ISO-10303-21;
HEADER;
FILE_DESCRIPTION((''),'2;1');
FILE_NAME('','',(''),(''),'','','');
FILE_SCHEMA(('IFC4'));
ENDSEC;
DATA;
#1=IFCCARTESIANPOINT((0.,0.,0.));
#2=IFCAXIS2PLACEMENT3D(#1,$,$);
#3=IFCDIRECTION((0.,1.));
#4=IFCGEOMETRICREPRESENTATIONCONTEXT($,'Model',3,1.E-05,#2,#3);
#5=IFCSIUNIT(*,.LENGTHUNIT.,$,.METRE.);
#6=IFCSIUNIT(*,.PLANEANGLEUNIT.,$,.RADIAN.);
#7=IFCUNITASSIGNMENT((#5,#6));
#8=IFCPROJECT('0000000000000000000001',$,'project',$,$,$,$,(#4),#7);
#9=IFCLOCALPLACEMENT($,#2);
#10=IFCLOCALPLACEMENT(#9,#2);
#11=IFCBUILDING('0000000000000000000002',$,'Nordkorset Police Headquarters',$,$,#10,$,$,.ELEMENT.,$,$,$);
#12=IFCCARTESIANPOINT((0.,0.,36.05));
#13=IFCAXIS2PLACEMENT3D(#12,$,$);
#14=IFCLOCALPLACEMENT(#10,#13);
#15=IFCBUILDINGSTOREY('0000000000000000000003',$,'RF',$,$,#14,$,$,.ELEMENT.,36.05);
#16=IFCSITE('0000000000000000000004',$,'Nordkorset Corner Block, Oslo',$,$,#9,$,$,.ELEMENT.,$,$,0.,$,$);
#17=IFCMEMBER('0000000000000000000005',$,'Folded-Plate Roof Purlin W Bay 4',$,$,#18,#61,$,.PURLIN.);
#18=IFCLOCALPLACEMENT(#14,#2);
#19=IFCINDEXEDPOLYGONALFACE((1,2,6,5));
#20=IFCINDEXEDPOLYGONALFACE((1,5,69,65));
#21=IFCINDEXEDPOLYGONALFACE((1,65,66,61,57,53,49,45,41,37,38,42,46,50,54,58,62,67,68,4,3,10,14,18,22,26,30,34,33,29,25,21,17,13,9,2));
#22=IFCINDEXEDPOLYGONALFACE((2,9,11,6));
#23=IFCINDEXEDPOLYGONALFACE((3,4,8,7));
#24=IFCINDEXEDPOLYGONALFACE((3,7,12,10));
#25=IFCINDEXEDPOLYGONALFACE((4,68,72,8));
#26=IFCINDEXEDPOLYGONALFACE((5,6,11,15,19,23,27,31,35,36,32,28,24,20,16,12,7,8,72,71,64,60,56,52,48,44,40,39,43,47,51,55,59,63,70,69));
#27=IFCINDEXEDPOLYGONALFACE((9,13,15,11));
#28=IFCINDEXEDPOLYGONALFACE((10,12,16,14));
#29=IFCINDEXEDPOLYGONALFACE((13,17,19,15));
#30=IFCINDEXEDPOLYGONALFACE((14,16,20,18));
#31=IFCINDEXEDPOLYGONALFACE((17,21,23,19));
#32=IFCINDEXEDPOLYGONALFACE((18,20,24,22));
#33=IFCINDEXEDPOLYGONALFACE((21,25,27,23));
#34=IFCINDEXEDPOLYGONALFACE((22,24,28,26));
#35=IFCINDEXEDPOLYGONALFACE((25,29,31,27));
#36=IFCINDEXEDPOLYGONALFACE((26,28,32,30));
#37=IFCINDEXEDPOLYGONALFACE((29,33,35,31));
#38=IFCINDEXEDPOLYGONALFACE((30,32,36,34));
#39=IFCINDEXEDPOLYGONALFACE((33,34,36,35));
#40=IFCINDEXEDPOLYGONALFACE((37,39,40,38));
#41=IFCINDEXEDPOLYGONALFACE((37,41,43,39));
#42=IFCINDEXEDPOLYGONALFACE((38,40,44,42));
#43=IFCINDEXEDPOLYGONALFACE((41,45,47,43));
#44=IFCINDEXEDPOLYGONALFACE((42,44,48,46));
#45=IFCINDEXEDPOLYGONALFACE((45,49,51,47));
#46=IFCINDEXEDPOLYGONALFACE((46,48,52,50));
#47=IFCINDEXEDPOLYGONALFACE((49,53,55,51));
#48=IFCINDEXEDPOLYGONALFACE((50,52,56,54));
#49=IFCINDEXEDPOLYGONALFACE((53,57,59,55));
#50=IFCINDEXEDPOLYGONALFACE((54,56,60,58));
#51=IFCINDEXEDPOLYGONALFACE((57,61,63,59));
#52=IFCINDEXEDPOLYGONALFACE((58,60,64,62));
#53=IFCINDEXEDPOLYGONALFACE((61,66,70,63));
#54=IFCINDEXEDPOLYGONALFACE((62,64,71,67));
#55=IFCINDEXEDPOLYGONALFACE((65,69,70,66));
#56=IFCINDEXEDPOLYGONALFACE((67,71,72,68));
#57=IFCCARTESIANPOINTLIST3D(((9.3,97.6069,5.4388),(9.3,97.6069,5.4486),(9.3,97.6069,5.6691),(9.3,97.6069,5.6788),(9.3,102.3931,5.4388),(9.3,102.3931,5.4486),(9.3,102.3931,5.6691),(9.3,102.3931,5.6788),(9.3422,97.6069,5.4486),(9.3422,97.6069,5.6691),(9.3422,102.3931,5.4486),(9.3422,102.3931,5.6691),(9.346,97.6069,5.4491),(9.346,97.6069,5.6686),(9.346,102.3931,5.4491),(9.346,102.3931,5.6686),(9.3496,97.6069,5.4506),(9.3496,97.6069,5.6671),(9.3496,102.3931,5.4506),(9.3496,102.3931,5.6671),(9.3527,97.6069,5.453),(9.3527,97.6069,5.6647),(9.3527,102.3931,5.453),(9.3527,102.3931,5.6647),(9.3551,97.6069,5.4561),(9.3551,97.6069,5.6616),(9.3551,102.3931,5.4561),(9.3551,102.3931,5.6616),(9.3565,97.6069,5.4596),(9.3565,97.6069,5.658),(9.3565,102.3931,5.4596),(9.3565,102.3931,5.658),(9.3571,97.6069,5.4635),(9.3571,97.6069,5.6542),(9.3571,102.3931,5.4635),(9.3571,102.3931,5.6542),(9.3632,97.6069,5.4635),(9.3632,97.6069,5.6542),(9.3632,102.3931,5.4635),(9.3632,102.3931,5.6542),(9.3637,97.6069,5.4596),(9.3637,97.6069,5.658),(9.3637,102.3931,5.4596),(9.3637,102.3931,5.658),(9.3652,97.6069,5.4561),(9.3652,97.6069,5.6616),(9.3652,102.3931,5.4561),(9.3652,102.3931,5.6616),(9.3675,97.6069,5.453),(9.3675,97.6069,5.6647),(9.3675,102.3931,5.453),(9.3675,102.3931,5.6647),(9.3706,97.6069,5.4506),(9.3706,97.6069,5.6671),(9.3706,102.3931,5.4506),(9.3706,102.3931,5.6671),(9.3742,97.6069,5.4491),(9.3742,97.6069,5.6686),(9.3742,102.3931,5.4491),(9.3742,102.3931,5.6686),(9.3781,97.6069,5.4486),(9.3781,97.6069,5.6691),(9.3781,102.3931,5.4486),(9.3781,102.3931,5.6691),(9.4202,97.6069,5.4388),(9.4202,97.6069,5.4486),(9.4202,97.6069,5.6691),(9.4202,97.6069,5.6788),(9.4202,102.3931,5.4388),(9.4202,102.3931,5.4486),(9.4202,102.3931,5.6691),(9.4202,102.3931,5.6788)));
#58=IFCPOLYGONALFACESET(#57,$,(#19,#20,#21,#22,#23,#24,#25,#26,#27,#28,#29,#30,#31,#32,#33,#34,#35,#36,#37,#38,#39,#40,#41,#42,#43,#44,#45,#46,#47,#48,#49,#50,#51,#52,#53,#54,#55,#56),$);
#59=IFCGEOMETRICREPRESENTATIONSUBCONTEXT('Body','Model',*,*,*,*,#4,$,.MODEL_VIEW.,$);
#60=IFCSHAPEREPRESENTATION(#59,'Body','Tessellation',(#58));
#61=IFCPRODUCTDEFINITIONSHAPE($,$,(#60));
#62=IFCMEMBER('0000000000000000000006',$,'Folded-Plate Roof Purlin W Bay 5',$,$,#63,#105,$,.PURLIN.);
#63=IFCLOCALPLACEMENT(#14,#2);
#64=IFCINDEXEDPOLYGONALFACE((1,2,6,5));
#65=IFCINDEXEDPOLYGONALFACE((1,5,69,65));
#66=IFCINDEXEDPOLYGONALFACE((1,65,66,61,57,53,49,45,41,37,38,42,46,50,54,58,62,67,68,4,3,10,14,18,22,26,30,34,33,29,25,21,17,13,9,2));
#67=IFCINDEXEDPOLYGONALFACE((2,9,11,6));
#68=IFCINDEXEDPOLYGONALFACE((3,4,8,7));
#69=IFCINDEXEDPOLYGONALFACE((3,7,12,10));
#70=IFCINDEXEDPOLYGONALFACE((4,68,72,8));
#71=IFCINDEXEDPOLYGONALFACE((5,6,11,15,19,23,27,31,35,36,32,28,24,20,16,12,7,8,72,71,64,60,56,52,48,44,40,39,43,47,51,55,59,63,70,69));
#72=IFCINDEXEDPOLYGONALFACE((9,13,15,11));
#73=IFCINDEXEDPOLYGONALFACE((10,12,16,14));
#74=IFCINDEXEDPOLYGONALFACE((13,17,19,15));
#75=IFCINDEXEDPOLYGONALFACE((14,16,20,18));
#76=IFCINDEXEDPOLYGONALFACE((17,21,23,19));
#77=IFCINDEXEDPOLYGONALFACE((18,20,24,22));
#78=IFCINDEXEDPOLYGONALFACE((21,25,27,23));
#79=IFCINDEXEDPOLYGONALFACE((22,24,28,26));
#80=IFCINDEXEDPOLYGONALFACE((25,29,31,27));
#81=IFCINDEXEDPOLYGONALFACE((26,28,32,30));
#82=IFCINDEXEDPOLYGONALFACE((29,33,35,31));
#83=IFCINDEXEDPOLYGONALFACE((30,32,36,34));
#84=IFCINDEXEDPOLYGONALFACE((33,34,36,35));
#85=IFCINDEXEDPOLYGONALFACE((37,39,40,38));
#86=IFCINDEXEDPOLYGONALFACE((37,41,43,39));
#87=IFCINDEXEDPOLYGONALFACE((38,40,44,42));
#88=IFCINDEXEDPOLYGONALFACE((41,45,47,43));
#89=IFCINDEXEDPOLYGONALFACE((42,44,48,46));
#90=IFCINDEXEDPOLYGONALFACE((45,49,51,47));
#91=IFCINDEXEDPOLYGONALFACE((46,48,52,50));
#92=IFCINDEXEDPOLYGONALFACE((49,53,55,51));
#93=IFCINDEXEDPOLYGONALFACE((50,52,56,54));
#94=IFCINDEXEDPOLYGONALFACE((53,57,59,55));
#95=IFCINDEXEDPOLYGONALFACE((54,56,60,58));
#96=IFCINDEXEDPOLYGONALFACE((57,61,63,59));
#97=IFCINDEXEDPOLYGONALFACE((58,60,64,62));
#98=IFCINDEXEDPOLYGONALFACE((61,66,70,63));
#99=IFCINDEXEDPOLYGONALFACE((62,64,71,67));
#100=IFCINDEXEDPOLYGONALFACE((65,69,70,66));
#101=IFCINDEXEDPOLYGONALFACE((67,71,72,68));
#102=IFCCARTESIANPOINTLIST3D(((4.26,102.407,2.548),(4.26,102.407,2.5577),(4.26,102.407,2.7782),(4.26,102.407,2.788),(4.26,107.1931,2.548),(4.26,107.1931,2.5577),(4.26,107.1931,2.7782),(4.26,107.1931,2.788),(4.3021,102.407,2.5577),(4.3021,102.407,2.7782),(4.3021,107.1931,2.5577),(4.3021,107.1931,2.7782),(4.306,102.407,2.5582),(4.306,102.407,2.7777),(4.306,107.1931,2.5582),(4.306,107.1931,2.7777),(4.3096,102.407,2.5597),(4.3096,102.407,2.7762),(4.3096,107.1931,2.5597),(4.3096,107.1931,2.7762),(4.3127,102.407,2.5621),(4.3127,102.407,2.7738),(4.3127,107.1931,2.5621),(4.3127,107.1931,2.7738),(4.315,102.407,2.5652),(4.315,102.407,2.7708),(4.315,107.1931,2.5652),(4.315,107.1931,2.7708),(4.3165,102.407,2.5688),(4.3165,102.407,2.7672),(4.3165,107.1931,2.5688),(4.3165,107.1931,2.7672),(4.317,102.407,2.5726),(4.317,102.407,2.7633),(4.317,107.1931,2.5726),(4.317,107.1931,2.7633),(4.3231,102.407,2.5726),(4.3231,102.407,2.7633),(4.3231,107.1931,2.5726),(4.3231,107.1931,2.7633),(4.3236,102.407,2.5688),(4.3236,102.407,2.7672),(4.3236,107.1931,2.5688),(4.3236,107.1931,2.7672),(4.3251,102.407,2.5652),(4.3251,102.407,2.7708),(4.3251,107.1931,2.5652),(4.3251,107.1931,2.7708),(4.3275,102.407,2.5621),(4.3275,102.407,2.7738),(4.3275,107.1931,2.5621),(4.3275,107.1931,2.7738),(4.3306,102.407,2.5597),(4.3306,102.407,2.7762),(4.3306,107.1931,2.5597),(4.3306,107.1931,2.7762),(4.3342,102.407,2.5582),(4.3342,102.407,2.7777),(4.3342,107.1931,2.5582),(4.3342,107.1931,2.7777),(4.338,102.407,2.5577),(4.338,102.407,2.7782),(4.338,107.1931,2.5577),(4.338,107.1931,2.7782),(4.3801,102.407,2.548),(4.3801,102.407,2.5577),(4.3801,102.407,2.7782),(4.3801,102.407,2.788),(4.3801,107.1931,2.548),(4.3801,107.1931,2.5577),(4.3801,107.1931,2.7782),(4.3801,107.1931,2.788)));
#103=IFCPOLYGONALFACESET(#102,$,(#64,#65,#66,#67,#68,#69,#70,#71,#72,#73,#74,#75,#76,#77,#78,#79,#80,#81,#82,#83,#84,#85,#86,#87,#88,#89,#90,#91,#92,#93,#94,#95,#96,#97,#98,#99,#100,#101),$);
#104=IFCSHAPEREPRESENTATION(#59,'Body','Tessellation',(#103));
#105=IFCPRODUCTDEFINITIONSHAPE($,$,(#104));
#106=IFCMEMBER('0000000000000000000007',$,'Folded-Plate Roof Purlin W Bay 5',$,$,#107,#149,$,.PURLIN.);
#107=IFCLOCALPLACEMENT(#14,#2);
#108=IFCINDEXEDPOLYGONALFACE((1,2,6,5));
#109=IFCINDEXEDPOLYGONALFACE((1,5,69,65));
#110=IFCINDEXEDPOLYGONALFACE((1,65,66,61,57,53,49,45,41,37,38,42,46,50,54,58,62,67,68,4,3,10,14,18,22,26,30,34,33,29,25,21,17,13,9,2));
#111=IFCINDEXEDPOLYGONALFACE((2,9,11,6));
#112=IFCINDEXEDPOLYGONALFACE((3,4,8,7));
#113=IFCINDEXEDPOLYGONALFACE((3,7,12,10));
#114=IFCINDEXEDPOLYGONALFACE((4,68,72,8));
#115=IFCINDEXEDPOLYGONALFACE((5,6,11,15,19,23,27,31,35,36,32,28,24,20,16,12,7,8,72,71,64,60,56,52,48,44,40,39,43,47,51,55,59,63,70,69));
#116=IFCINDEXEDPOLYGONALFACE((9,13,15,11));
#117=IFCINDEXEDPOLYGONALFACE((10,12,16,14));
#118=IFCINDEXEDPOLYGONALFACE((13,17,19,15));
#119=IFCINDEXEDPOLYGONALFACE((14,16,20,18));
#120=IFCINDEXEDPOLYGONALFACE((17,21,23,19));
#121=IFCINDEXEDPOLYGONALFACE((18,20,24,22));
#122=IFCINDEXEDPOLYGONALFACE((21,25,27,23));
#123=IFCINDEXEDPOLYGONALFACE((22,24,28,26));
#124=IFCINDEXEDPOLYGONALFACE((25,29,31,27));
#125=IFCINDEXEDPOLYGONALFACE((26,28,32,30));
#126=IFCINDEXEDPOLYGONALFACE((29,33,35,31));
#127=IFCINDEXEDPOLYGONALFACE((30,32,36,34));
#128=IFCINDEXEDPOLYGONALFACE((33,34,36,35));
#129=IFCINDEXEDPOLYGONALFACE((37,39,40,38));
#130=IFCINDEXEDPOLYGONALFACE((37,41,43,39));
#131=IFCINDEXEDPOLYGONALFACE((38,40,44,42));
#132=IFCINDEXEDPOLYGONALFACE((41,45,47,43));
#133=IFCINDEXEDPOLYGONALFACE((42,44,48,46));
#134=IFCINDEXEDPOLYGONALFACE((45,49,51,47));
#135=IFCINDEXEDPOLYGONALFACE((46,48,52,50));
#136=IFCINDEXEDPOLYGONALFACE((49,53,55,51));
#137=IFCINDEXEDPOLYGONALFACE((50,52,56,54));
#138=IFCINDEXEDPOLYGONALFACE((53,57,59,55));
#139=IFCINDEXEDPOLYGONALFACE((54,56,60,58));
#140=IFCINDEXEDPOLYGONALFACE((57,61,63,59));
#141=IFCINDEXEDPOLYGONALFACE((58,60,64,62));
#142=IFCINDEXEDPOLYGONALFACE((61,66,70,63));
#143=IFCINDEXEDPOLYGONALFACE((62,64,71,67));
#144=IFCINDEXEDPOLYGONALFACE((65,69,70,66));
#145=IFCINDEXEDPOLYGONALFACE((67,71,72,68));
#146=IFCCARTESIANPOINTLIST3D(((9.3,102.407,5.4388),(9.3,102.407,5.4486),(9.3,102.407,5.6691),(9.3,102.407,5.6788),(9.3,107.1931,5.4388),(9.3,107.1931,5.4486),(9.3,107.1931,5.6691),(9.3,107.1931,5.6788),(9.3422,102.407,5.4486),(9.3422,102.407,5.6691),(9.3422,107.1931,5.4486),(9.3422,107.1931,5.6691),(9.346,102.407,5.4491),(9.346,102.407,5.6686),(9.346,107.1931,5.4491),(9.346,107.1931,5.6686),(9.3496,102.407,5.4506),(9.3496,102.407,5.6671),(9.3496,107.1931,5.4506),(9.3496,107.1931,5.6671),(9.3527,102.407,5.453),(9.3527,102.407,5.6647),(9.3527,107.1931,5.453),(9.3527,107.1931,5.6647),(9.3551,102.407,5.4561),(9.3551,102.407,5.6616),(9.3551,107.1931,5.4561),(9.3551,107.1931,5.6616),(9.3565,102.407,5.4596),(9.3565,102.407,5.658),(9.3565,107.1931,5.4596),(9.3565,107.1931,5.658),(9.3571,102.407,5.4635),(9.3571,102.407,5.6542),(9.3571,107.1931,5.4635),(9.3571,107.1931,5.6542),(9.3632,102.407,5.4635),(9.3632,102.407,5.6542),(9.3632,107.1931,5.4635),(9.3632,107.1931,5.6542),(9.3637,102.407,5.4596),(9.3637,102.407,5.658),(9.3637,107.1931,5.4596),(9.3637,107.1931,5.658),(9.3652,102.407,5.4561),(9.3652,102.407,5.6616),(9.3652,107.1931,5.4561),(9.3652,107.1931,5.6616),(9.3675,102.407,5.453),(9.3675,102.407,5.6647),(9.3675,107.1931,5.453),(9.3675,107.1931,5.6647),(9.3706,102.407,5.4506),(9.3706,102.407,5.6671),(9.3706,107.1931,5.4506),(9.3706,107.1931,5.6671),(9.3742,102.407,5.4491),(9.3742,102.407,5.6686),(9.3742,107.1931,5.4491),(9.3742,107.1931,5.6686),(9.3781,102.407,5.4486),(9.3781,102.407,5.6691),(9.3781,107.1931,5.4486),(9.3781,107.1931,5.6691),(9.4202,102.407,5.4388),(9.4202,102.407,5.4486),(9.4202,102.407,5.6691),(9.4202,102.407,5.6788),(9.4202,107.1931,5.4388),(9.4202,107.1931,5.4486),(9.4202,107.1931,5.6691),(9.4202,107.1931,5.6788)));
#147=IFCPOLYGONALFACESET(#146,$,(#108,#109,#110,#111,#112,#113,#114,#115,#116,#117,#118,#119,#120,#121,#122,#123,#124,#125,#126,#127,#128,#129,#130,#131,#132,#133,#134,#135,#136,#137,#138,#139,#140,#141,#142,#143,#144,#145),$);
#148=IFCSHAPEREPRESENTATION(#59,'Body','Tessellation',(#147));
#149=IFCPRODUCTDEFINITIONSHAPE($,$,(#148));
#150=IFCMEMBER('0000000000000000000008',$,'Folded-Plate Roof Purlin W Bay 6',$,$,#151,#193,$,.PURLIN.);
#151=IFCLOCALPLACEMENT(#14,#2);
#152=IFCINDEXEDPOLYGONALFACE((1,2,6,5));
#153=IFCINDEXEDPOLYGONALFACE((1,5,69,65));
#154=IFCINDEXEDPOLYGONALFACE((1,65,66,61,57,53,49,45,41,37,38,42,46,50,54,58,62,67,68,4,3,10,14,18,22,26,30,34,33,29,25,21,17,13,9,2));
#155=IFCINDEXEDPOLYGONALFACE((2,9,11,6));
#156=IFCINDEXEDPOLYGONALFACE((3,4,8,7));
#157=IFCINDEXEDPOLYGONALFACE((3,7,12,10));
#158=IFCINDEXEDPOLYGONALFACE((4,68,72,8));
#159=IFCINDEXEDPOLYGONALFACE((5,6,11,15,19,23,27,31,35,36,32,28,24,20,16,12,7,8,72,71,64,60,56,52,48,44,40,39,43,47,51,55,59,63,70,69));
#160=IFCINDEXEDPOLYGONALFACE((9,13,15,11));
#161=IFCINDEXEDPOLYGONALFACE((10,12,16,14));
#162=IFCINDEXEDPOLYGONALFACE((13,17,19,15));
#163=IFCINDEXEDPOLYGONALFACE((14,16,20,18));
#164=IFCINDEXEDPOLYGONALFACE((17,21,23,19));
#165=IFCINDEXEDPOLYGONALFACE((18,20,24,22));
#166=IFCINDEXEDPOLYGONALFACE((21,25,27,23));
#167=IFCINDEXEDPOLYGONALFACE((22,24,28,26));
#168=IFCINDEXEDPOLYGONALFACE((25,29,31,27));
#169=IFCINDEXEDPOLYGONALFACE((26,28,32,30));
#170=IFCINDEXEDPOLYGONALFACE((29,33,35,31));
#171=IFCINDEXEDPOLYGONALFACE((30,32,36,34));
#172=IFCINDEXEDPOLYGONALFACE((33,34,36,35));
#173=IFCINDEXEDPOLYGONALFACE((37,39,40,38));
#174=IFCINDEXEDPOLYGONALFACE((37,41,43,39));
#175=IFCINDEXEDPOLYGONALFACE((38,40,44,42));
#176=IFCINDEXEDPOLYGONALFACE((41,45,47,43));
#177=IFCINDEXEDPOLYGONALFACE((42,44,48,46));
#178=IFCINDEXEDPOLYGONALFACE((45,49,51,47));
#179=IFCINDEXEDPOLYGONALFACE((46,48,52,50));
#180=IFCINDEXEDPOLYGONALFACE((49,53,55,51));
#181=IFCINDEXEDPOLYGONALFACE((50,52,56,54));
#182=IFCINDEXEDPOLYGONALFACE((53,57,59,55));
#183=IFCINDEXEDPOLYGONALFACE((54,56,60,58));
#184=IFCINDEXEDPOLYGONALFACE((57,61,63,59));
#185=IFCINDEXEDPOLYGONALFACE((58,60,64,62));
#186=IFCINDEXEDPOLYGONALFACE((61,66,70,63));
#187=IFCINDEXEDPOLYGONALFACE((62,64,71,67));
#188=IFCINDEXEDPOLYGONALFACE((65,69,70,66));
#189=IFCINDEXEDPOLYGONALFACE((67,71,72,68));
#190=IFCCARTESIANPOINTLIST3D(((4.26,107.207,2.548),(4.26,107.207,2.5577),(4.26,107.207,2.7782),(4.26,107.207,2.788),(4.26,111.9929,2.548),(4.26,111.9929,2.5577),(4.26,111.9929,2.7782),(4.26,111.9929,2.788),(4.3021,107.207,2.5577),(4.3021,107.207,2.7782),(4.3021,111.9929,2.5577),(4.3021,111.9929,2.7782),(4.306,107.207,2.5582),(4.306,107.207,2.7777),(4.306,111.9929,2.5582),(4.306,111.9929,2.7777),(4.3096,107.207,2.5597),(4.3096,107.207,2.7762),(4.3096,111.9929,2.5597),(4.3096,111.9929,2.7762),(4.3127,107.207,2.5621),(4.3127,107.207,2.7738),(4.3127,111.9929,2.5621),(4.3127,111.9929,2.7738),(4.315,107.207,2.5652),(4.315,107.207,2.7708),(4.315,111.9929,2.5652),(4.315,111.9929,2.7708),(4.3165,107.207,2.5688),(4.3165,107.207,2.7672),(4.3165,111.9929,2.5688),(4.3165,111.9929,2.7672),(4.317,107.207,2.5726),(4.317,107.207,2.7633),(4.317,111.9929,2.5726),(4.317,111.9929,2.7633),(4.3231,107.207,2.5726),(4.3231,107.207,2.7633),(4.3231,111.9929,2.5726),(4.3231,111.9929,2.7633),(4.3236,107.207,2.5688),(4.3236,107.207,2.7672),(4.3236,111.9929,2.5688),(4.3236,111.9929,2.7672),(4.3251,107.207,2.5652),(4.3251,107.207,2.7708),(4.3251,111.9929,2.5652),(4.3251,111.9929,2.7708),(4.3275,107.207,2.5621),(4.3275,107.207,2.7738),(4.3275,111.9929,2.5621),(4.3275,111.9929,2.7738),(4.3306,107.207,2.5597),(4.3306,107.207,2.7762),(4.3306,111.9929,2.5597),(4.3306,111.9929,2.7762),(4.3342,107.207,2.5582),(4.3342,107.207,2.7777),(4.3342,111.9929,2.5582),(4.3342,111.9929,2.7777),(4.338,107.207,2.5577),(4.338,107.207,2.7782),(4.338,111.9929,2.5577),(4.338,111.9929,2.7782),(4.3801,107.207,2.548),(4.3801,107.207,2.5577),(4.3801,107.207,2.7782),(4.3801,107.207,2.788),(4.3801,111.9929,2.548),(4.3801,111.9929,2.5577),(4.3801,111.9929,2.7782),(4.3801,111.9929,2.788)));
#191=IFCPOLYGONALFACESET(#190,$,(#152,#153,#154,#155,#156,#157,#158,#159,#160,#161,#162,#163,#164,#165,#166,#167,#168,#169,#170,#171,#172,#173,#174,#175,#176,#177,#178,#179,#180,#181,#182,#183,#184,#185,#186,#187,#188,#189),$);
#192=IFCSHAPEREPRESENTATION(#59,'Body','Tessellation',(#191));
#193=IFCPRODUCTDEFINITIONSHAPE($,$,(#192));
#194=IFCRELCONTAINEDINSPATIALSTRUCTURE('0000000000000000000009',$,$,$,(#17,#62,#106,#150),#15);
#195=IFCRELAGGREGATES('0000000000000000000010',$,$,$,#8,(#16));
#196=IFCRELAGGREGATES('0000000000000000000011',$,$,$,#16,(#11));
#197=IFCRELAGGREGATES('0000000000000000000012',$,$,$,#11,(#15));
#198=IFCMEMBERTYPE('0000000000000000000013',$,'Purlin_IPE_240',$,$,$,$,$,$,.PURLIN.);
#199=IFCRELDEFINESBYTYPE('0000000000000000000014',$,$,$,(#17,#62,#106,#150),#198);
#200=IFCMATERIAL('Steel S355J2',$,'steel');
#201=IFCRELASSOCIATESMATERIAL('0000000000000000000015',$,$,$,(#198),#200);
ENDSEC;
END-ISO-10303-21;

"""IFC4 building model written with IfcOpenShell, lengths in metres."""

from ifc_helpers import new_model, si_unit, direction, frame, origin, origin_2d, place, context, subcontext, project, spatial, i_section, extrude, material, material_profile, profile_set, type_object, element, save


model = new_model("IFC4")

# Units and contexts
model_context = context("Model", 3, precision=1e-05, world=origin(), true_north=direction((0.0, 1.0)))
body_context = subcontext(model_context, "Body", "Model", "MODEL_VIEW")
ifc_project = project(units=[si_unit("LENGTHUNIT", "METRE"), si_unit("PLANEANGLEUNIT", "RADIAN")], contexts=[model_context])

# Site, building, storey
site_placement = place(None, origin())
site = spatial("IfcSite", under=ifc_project, at=site_placement, Name="Nordkorset Corner Block, Oslo", CompositionType="ELEMENT", RefElevation=0.0)
building_placement = place(site_placement, origin())
building = spatial("IfcBuilding", under=site, at=building_placement, Name="Nordkorset Police Headquarters", CompositionType="ELEMENT")
storey_placement = place(building_placement, frame((0.0, 0.0, 36.05)))
storey = spatial("IfcBuildingStorey", under=building, at=storey_placement, Name="RF", CompositionType="ELEMENT", Elevation=36.05)

# Members
ifc_material_1 = material(Name="Steel S355J2", Category="steel")
ifc_material_profile_1 = material_profile(ifc_material_1, i_section(OverallWidth=0.1201, OverallDepth=0.24, WebThickness=0.0061, FlangeThickness=0.0098, FilletRadius=0.0149, at=origin_2d()), Name="IPE 240")
ifc_profile_set_1 = profile_set([ifc_material_profile_1], Name="Steel S355J2")
member_type_1 = type_object("IfcMemberType", Name="Purlin_IPE_240", PredefinedType="PURLIN", material=ifc_profile_set_1)
for number, where, z_axis, x_axis, name in (
    (1, (9.3601, 97.6069, 5.5588), (0.0, 1.0, 0.0), (-1.0, 0.0, 0.0), "Folded-Plate Roof Purlin W Bay 4"),
    (2, (4.3201, 102.407, 2.668), (0.0, 1.0, 0.0), (-1.0, 0.0, 0.0), "Folded-Plate Roof Purlin W Bay 5"),
    (3, (9.3601, 102.407, 5.5588), (0.0, 1.0, 0.0), (-1.0, 0.0, 0.0), "Folded-Plate Roof Purlin W Bay 5"),
):
    element("IfcMember", number, at=place(storey_placement, frame(where, z_axis=z_axis, x_axis=x_axis)), inside=storey, type_object=member_type_1, Name=name, PredefinedType="PURLIN", context=body_context, shape_type="SweptSolid", body=[
        extrude(i_section(OverallWidth=0.1201, OverallDepth=0.24, WebThickness=0.0061, FlangeThickness=0.0098, FilletRadius=0.0149, at=origin_2d()), origin(), (0.0, 0.0, 1.0), 4.7861),
    ])
for number, where, z_axis, x_axis, name in (
    (4, (4.3201, 107.207, 2.668), (0.0, 1.0, 0.0), (-1.0, 0.0, 0.0), "Folded-Plate Roof Purlin W Bay 6"),
):
    element("IfcMember", number, at=place(storey_placement, frame(where, z_axis=z_axis, x_axis=x_axis)), inside=storey, type_object=member_type_1, Name=name, PredefinedType="PURLIN", context=body_context, shape_type="SweptSolid", body=[
        extrude(i_section(OverallWidth=0.1201, OverallDepth=0.24, WebThickness=0.0061, FlangeThickness=0.0098, FilletRadius=0.0149, at=origin_2d()), origin(), (0.0, 0.0, 1.0), 4.7859),
    ])

save(model, "model.ifc")
